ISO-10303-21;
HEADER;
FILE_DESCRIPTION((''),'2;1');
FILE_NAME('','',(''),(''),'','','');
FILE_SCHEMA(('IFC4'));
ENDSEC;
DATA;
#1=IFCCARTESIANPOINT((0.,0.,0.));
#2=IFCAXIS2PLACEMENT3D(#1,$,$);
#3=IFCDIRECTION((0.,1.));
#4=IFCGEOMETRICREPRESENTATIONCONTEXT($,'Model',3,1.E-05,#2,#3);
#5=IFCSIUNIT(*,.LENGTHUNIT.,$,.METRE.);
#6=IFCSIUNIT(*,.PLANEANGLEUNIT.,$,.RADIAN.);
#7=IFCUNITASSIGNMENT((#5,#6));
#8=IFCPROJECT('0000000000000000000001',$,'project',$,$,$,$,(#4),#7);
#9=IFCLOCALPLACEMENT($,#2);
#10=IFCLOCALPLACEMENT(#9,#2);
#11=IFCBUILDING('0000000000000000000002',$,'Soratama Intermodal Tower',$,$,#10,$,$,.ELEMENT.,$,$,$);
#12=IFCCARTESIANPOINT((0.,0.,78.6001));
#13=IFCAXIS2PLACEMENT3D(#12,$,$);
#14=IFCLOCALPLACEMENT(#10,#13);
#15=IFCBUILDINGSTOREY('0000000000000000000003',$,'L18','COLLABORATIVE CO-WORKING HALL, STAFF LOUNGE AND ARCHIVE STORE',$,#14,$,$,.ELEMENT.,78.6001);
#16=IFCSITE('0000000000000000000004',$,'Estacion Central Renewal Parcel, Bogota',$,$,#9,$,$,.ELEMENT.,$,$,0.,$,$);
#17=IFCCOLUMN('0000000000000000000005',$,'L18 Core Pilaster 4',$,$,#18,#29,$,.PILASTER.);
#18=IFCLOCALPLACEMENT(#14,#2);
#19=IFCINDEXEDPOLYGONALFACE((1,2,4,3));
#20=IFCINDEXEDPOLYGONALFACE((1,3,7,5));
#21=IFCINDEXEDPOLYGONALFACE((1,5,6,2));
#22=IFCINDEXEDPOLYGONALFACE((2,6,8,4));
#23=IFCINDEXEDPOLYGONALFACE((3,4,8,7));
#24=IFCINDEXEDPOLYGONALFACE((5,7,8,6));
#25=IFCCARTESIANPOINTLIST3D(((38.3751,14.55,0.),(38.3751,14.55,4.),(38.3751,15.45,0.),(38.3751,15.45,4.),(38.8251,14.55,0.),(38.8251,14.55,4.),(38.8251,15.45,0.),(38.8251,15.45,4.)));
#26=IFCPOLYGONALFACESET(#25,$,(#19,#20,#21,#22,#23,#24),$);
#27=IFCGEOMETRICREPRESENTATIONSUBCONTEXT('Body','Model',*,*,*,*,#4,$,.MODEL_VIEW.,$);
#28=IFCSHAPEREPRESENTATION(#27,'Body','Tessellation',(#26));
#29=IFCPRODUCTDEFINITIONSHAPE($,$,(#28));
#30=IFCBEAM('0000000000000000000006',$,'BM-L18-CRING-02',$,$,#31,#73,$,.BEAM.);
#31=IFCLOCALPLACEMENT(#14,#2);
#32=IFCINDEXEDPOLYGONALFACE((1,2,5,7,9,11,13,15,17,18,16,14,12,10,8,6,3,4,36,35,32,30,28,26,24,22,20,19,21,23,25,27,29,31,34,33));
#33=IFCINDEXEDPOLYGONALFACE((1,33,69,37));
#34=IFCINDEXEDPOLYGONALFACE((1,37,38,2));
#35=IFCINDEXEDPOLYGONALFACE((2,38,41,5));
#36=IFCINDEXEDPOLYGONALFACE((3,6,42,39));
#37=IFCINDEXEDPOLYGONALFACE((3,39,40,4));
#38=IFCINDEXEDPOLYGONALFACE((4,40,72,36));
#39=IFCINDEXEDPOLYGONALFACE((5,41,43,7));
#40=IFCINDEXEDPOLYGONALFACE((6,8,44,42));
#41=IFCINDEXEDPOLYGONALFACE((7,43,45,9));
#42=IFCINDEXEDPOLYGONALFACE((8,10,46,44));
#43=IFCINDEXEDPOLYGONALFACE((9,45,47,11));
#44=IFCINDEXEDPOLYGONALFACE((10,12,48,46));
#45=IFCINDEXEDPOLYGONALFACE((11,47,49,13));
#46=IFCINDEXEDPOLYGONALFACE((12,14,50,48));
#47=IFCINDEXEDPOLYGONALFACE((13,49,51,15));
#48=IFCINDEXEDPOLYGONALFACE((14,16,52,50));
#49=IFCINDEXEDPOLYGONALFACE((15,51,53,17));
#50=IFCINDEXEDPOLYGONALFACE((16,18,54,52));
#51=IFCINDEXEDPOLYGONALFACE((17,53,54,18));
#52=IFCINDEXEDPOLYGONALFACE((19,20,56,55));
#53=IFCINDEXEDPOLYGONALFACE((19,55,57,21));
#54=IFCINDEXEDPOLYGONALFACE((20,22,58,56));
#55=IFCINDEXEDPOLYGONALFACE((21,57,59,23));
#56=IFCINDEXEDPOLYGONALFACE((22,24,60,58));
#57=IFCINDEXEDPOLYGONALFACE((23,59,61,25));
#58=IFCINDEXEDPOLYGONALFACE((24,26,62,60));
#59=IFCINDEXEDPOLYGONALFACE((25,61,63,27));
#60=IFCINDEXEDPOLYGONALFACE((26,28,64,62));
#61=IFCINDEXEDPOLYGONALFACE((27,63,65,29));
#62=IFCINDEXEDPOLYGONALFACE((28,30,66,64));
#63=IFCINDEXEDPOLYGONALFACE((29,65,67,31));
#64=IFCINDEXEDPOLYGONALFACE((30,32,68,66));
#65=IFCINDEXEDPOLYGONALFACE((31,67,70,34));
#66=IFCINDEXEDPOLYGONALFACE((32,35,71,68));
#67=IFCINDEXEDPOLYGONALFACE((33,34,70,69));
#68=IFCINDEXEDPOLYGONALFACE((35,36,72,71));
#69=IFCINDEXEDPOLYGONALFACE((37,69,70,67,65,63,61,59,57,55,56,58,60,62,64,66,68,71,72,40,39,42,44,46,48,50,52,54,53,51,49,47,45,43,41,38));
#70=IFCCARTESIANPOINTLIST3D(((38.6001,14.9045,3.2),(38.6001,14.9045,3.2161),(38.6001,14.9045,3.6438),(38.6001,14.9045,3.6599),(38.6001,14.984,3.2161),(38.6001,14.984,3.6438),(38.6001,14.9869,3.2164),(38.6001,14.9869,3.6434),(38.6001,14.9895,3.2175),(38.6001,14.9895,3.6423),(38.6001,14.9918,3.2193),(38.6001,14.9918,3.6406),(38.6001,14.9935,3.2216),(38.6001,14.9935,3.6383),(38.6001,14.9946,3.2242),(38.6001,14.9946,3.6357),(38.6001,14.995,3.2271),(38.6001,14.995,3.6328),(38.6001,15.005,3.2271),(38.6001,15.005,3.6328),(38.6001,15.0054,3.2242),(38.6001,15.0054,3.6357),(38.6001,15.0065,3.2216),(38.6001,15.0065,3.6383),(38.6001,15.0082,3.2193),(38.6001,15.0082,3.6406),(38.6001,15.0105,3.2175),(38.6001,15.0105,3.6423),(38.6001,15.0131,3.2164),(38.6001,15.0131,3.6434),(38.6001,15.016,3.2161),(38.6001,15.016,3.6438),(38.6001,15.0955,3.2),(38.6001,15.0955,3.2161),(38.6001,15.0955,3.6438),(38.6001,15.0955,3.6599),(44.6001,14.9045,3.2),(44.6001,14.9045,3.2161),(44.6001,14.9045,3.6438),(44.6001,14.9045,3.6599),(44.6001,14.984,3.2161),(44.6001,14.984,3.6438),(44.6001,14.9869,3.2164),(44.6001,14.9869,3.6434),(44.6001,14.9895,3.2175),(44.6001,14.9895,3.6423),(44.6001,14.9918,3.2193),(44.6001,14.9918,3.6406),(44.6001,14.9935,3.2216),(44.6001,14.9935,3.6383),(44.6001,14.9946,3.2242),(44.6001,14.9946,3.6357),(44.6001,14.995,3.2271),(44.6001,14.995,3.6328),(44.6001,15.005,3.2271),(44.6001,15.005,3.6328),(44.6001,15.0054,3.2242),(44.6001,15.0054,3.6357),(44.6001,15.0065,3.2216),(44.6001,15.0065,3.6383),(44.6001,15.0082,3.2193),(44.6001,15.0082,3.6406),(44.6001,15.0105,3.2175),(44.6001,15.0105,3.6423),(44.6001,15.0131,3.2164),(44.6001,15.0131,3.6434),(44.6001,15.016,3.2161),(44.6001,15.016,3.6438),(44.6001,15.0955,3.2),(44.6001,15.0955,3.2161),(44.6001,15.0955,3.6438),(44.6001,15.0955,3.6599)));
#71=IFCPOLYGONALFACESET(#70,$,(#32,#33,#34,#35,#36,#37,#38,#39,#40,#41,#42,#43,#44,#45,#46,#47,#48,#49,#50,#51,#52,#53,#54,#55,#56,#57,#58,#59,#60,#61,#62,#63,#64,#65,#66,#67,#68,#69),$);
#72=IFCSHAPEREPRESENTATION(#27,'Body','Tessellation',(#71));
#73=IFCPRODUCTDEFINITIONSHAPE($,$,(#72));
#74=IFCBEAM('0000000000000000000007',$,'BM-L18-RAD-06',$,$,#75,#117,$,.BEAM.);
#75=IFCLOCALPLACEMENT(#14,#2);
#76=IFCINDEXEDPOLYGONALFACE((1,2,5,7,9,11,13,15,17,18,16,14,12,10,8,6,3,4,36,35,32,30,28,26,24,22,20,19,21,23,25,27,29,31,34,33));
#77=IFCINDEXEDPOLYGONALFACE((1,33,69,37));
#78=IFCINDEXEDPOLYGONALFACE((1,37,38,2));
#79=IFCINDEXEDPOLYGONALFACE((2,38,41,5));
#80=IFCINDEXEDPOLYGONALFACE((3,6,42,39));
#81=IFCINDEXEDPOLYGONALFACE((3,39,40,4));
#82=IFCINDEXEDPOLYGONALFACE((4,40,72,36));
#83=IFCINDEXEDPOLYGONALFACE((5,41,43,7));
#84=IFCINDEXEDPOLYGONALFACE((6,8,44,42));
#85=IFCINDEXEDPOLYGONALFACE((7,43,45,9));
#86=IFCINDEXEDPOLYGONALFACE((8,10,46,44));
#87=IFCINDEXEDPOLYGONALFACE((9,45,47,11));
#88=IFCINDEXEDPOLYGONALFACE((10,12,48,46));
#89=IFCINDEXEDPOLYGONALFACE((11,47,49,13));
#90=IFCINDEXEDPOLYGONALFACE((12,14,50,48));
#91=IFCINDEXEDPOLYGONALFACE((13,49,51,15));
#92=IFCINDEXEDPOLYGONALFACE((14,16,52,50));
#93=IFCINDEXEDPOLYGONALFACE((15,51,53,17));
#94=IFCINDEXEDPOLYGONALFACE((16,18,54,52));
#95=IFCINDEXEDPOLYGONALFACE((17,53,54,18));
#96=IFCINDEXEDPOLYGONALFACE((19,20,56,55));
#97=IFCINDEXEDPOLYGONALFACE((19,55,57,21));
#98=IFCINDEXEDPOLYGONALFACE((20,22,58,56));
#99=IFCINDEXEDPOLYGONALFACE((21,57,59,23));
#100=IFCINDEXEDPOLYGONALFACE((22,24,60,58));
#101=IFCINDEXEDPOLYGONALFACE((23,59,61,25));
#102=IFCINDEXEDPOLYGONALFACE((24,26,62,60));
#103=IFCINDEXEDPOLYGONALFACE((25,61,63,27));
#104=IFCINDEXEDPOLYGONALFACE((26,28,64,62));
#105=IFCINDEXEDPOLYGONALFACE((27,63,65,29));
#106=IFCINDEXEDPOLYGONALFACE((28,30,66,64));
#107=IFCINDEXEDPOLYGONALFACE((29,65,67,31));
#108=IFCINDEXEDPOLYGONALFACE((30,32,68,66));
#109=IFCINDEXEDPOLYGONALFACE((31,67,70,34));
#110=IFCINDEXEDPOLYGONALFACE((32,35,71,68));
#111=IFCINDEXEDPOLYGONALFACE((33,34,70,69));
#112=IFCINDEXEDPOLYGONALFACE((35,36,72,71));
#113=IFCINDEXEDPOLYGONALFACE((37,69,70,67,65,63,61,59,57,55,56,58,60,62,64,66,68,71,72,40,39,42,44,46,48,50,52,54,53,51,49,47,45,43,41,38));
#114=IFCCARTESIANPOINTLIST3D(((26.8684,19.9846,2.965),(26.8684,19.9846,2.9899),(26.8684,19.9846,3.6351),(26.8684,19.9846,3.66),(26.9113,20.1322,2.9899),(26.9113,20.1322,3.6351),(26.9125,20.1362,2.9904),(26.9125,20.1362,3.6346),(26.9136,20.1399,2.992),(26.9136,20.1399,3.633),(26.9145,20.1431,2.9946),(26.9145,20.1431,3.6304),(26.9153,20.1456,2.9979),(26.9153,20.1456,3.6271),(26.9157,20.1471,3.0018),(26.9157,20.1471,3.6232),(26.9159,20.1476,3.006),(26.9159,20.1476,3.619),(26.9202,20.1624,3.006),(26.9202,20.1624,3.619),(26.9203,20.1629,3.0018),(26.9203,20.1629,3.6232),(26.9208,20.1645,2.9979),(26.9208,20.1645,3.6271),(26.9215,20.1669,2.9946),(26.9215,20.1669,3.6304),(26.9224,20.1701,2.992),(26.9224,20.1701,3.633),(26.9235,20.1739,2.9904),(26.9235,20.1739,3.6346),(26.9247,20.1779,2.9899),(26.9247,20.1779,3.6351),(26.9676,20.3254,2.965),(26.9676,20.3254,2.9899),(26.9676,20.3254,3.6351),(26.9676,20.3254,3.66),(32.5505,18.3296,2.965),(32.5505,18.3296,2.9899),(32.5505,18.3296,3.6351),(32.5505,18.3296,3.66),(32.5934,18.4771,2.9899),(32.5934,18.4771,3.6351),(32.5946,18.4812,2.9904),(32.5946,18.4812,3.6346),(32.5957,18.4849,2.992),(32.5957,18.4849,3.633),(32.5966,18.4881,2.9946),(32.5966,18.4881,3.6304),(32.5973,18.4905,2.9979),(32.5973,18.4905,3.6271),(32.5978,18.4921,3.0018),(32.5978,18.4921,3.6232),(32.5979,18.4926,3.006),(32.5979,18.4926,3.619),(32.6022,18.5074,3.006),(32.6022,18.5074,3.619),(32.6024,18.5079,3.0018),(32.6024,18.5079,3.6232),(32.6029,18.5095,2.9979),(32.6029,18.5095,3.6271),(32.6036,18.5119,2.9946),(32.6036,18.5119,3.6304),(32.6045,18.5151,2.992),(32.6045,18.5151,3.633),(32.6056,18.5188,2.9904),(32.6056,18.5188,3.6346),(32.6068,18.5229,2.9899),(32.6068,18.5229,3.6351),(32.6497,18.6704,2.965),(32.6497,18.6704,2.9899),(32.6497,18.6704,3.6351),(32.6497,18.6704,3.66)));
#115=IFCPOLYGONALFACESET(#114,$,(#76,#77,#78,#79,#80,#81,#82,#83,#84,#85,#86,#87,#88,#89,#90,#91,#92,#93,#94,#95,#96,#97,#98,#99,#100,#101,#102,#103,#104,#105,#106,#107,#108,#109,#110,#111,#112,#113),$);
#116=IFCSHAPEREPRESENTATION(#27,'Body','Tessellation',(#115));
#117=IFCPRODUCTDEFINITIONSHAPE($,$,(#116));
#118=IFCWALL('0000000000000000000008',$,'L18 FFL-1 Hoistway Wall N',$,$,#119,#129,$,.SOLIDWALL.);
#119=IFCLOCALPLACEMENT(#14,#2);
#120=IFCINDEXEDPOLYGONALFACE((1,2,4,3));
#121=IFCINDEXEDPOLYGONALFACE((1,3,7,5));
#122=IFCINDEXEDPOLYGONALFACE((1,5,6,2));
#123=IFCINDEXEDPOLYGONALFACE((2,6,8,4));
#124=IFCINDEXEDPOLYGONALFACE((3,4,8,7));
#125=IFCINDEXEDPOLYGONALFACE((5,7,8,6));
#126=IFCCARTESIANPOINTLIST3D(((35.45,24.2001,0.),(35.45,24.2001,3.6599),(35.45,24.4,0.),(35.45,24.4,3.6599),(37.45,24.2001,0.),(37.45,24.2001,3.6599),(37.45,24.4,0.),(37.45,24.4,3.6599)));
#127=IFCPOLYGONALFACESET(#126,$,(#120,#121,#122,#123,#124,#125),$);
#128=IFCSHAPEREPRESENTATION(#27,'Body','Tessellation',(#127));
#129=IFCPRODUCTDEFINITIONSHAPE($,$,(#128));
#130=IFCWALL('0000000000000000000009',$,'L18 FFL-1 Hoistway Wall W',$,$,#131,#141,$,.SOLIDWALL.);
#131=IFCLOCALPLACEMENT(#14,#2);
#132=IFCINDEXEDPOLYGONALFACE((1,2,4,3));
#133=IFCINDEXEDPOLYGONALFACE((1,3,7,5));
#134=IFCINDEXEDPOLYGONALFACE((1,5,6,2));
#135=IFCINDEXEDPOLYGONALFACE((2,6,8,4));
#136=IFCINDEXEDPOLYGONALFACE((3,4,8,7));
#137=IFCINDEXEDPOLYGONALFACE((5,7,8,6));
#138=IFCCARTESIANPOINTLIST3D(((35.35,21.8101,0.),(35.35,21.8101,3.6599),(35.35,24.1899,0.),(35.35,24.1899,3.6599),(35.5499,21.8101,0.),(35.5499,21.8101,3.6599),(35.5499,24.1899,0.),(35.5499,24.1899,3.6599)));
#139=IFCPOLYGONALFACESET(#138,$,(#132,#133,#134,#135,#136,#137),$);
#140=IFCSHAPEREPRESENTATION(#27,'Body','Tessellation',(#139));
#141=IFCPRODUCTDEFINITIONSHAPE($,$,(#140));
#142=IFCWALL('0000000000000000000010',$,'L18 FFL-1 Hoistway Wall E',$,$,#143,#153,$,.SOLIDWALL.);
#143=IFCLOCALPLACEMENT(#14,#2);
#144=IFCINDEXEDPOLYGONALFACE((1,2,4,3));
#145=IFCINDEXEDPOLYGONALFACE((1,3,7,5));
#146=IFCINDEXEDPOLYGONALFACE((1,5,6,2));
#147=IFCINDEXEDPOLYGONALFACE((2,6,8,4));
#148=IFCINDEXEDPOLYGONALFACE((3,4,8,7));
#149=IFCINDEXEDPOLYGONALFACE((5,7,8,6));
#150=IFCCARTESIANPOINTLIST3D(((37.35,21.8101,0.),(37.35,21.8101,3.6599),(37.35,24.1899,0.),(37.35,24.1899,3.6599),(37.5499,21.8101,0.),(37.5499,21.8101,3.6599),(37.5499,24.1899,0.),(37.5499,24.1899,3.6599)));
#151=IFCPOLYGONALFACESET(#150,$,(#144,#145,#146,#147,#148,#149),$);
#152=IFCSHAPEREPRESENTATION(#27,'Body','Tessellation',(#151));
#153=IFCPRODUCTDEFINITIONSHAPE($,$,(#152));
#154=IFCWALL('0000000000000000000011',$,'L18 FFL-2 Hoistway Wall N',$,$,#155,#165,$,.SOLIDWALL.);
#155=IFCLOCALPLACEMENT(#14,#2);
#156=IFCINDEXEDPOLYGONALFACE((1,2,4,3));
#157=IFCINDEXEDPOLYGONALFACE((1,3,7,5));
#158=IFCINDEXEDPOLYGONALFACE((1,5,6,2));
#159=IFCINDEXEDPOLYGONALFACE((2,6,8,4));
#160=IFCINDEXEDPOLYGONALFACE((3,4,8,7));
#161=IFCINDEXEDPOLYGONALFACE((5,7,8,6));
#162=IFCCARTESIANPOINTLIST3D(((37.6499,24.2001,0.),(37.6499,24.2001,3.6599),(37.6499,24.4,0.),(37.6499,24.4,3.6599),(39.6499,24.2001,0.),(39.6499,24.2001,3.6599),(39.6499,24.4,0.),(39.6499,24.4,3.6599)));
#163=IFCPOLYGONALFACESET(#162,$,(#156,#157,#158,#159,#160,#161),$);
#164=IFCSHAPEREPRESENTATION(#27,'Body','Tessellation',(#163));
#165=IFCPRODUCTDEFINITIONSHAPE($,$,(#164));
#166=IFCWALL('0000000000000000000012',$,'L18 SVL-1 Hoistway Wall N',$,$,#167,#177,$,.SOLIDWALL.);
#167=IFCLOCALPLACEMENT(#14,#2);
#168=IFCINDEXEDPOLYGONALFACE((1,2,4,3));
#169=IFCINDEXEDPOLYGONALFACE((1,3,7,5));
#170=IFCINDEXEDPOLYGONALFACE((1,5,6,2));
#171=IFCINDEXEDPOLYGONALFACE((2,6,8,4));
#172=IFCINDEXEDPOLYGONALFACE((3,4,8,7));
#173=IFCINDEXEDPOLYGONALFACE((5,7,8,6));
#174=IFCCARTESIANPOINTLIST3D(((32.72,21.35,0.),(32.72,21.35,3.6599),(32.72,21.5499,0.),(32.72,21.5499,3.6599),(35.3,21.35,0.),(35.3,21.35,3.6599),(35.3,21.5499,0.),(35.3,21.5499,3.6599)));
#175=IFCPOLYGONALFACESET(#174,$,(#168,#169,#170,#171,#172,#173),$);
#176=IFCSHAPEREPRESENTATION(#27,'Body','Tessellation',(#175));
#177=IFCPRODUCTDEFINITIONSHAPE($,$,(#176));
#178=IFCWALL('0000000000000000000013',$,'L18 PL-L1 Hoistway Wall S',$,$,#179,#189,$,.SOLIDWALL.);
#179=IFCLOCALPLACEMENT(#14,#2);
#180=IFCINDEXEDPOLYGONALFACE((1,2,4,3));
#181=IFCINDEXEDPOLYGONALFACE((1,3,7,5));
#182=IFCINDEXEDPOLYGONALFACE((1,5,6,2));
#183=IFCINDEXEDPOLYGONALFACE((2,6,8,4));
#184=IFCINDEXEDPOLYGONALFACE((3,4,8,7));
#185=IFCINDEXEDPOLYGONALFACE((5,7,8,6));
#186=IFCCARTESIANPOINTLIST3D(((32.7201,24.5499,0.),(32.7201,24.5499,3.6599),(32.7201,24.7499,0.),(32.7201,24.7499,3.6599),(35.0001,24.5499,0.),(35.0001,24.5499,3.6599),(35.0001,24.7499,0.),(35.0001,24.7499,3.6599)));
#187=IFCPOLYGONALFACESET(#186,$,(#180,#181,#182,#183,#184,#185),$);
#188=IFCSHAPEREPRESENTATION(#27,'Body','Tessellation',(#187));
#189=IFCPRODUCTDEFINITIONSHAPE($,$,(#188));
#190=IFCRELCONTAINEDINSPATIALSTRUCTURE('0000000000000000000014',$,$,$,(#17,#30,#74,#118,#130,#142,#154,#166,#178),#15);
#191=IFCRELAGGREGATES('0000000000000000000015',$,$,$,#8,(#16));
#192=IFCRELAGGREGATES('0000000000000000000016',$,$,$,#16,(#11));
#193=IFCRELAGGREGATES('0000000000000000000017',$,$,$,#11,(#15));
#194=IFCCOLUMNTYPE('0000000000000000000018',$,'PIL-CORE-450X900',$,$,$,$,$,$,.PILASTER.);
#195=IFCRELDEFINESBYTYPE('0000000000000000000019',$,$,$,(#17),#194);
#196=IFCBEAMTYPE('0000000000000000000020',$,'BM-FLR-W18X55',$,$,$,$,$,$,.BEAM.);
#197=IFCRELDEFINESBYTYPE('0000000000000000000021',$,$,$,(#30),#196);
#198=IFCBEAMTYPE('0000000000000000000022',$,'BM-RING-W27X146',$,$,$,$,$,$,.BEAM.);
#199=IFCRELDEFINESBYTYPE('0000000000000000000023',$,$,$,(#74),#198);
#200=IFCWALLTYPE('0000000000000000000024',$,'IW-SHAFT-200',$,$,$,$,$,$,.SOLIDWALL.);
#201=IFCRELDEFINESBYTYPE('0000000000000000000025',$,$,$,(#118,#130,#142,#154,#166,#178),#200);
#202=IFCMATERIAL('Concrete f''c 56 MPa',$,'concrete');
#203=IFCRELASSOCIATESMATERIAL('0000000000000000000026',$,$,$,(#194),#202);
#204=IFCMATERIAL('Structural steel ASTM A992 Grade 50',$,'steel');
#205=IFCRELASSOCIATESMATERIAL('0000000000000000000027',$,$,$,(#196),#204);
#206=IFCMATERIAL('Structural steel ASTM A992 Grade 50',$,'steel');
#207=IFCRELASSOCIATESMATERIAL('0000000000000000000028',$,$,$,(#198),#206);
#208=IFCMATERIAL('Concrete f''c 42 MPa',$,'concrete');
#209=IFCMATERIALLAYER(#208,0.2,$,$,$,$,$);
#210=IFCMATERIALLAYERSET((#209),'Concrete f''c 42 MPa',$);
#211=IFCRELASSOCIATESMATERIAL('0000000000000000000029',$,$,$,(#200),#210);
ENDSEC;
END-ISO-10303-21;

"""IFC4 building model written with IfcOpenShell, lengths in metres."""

from ifc_helpers import new_model, si_unit, direction, frame, frame_2d, origin, origin_2d, place, context, subcontext, project, spatial, rectangle, i_section, extrude, material, layer, layer_set, material_profile, profile_set, type_object, element, save


model = new_model("IFC4")

# Units and contexts
model_context = context("Model", 3, precision=1e-05, world=origin(), true_north=direction((0.0, 1.0)))
body_context = subcontext(model_context, "Body", "Model", "MODEL_VIEW")
ifc_project = project(units=[si_unit("LENGTHUNIT", "METRE"), si_unit("PLANEANGLEUNIT", "RADIAN")], contexts=[model_context])

# Site, building, storey
site_placement = place(None, origin())
site = spatial("IfcSite", under=ifc_project, at=site_placement, Name="Estacion Central Renewal Parcel, Bogota", CompositionType="ELEMENT", RefElevation=0.0)
building_placement = place(site_placement, origin())
building = spatial("IfcBuilding", under=site, at=building_placement, Name="Soratama Intermodal Tower", CompositionType="ELEMENT")
storey_placement = place(building_placement, frame((0.0, 0.0, 78.6001)))
storey = spatial("IfcBuildingStorey", under=building, at=storey_placement, Name="L18", Description="COLLABORATIVE CO-WORKING HALL, STAFF LOUNGE AND ARCHIVE STORE", CompositionType="ELEMENT", Elevation=78.6001)

# Column
ifc_material_1 = material(Name="Concrete f'c 56 MPa", Category="concrete")
ifc_material_profile_1 = material_profile(ifc_material_1, rectangle(XDim=0.45, YDim=0.8999, at=origin_2d()), Name="RC450X900")
ifc_profile_set_1 = profile_set([ifc_material_profile_1], Name="Concrete f'c 56 MPa")
column_type = type_object("IfcColumnType", Name="PIL-CORE-450X900", PredefinedType="PILASTER", material=ifc_profile_set_1)
column_placement = place(storey_placement, frame((38.6001, 15.0, 0.0), z_axis=(0.0, 0.0, 1.0), x_axis=(1.0, 0.0, 0.0)))
element("IfcColumn", 1, at=column_placement, inside=storey, type_object=column_type, Name="L18 Core Pilaster 4", PredefinedType="PILASTER", context=body_context, shape_type="SweptSolid", body=[
    extrude(rectangle(XDim=0.45, YDim=0.8999, at=origin_2d()), origin(), (0.0, 0.0, 1.0), 4.0),
])

# Beams
ifc_material_2 = material(Name="Structural steel ASTM A992 Grade 50", Category="steel")
ifc_material_profile_2 = material_profile(ifc_material_2, i_section(OverallWidth=0.1909, OverallDepth=0.46, WebThickness=0.01, FlangeThickness=0.0161, FilletRadius=0.011, at=origin_2d()), Name="W18X55")
ifc_profile_set_2 = profile_set([ifc_material_profile_2], Name="Structural steel ASTM A992 Grade 50")
beam_type_1 = type_object("IfcBeamType", Name="BM-FLR-W18X55", PredefinedType="BEAM", material=ifc_profile_set_2)
beam_1_placement = place(storey_placement, frame((38.6001, 15.0, 3.4299), z_axis=(1.0, 0.0, 0.0), x_axis=(0.0, 1.0, 0.0)))
element("IfcBeam", 2, at=beam_1_placement, inside=storey, type_object=beam_type_1, Name="BM-L18-CRING-02", PredefinedType="BEAM", context=body_context, shape_type="SweptSolid", body=[
    extrude(i_section(OverallWidth=0.1909, OverallDepth=0.46, WebThickness=0.01, FlangeThickness=0.0161, FilletRadius=0.011, at=origin_2d()), origin(), (0.0, 0.0, 1.0), 6.0),
])
ifc_material_3 = material(Name="Structural steel ASTM A992 Grade 50", Category="steel")
ifc_material_profile_3 = material_profile(ifc_material_3, i_section(OverallWidth=0.355, OverallDepth=0.6951, WebThickness=0.0154, FlangeThickness=0.0249, FilletRadius=0.0161, at=origin_2d()), Name="W27X146")
ifc_profile_set_3 = profile_set([ifc_material_profile_3], Name="Structural steel ASTM A992 Grade 50")
beam_type_2 = type_object("IfcBeamType", Name="BM-RING-W27X146", PredefinedType="BEAM", material=ifc_profile_set_3)
beam_2_placement = place(storey_placement, frame((32.6001, 18.5, 3.3125), z_axis=(-0.960103, 0.279648, 0.0), x_axis=(-0.279648, -0.960103, 0.0)))
element("IfcBeam", 3, at=beam_2_placement, inside=storey, type_object=beam_type_2, Name="BM-L18-RAD-06", PredefinedType="BEAM", context=body_context, shape_type="SweptSolid", body=[
    extrude(i_section(OverallWidth=0.355, OverallDepth=0.6951, WebThickness=0.0154, FlangeThickness=0.0249, FilletRadius=0.0161, at=origin_2d()), origin(), (0.0, 0.0, 1.0), 5.9182),
])

# Shared definitions
ifc_material_4 = material(Name="Concrete f'c 42 MPa", Category="concrete")
ifc_layer_1 = layer(ifc_material_4, 0.2)
ifc_layer_set_1 = layer_set([ifc_layer_1], Name="Concrete f'c 42 MPa")
wall_type_1 = type_object("IfcWallType", Name="IW-SHAFT-200", PredefinedType="SOLIDWALL", material=ifc_layer_set_1)

# Walls
wall_1_placement = place(storey_placement, frame((35.45, 24.3, 0.0), z_axis=(0.0, 0.0, 1.0), x_axis=(1.0, 0.0, 0.0)))
element("IfcWall", 4, at=wall_1_placement, inside=storey, type_object=wall_type_1, Name="L18 FFL-1 Hoistway Wall N", PredefinedType="SOLIDWALL", context=body_context, shape_type="SweptSolid", body=[
    extrude(rectangle(XDim=2.0, YDim=0.2, at=frame_2d((1.0, 0.0))), origin(), (0.0, 0.0, 1.0), 3.6599),
])
for number, where, z_axis, x_axis, name in (
    (5, (35.45, 21.8101, 0.0), (0.0, 0.0, 1.0), (0.0, 1.0, 0.0), "L18 FFL-1 Hoistway Wall W"),
    (6, (37.45, 21.8101, 0.0), (0.0, 0.0, 1.0), (0.0, 1.0, 0.0), "L18 FFL-1 Hoistway Wall E"),
):
    element("IfcWall", number, at=place(storey_placement, frame(where, z_axis=z_axis, x_axis=x_axis)), inside=storey, type_object=wall_type_1, Name=name, PredefinedType="SOLIDWALL", context=body_context, shape_type="SweptSolid", body=[
        extrude(rectangle(XDim=2.3799, YDim=0.2, at=frame_2d((1.1899, 0.0))), origin(), (0.0, 0.0, 1.0), 3.6599),
    ])

# Walls
wall_2_placement = place(storey_placement, frame((37.6499, 24.3, 0.0), z_axis=(0.0, 0.0, 1.0), x_axis=(1.0, 0.0, 0.0)))
element("IfcWall", 7, at=wall_2_placement, inside=storey, type_object=wall_type_1, Name="L18 FFL-2 Hoistway Wall N", PredefinedType="SOLIDWALL", context=body_context, shape_type="SweptSolid", body=[
    extrude(rectangle(XDim=2.0, YDim=0.2, at=frame_2d((1.0, 0.0))), origin(), (0.0, 0.0, 1.0), 3.6599),
])
wall_3_placement = place(storey_placement, frame((32.72, 21.45, 0.0), z_axis=(0.0, 0.0, 1.0), x_axis=(1.0, 0.0, 0.0)))
element("IfcWall", 8, at=wall_3_placement, inside=storey, type_object=wall_type_1, Name="L18 SVL-1 Hoistway Wall N", PredefinedType="SOLIDWALL", context=body_context, shape_type="SweptSolid", body=[
    extrude(rectangle(XDim=2.5801, YDim=0.2, at=frame_2d((1.29, 0.0))), origin(), (0.0, 0.0, 1.0), 3.6599),
])

# Wall
wall_4_placement = place(storey_placement, frame((32.72, 24.6499, 0.0), z_axis=(0.0, 0.0, 1.0), x_axis=(1.0, 0.0, 0.0)))
element("IfcWall", 9, at=wall_4_placement, inside=storey, type_object=wall_type_1, Name="L18 PL-L1 Hoistway Wall S", PredefinedType="SOLIDWALL", context=body_context, shape_type="SweptSolid", body=[
    extrude(rectangle(XDim=2.28, YDim=0.2, at=frame_2d((1.1401, 0.0))), origin(), (0.0, 0.0, 1.0), 3.6599),
])

save(model, "model.ifc")
